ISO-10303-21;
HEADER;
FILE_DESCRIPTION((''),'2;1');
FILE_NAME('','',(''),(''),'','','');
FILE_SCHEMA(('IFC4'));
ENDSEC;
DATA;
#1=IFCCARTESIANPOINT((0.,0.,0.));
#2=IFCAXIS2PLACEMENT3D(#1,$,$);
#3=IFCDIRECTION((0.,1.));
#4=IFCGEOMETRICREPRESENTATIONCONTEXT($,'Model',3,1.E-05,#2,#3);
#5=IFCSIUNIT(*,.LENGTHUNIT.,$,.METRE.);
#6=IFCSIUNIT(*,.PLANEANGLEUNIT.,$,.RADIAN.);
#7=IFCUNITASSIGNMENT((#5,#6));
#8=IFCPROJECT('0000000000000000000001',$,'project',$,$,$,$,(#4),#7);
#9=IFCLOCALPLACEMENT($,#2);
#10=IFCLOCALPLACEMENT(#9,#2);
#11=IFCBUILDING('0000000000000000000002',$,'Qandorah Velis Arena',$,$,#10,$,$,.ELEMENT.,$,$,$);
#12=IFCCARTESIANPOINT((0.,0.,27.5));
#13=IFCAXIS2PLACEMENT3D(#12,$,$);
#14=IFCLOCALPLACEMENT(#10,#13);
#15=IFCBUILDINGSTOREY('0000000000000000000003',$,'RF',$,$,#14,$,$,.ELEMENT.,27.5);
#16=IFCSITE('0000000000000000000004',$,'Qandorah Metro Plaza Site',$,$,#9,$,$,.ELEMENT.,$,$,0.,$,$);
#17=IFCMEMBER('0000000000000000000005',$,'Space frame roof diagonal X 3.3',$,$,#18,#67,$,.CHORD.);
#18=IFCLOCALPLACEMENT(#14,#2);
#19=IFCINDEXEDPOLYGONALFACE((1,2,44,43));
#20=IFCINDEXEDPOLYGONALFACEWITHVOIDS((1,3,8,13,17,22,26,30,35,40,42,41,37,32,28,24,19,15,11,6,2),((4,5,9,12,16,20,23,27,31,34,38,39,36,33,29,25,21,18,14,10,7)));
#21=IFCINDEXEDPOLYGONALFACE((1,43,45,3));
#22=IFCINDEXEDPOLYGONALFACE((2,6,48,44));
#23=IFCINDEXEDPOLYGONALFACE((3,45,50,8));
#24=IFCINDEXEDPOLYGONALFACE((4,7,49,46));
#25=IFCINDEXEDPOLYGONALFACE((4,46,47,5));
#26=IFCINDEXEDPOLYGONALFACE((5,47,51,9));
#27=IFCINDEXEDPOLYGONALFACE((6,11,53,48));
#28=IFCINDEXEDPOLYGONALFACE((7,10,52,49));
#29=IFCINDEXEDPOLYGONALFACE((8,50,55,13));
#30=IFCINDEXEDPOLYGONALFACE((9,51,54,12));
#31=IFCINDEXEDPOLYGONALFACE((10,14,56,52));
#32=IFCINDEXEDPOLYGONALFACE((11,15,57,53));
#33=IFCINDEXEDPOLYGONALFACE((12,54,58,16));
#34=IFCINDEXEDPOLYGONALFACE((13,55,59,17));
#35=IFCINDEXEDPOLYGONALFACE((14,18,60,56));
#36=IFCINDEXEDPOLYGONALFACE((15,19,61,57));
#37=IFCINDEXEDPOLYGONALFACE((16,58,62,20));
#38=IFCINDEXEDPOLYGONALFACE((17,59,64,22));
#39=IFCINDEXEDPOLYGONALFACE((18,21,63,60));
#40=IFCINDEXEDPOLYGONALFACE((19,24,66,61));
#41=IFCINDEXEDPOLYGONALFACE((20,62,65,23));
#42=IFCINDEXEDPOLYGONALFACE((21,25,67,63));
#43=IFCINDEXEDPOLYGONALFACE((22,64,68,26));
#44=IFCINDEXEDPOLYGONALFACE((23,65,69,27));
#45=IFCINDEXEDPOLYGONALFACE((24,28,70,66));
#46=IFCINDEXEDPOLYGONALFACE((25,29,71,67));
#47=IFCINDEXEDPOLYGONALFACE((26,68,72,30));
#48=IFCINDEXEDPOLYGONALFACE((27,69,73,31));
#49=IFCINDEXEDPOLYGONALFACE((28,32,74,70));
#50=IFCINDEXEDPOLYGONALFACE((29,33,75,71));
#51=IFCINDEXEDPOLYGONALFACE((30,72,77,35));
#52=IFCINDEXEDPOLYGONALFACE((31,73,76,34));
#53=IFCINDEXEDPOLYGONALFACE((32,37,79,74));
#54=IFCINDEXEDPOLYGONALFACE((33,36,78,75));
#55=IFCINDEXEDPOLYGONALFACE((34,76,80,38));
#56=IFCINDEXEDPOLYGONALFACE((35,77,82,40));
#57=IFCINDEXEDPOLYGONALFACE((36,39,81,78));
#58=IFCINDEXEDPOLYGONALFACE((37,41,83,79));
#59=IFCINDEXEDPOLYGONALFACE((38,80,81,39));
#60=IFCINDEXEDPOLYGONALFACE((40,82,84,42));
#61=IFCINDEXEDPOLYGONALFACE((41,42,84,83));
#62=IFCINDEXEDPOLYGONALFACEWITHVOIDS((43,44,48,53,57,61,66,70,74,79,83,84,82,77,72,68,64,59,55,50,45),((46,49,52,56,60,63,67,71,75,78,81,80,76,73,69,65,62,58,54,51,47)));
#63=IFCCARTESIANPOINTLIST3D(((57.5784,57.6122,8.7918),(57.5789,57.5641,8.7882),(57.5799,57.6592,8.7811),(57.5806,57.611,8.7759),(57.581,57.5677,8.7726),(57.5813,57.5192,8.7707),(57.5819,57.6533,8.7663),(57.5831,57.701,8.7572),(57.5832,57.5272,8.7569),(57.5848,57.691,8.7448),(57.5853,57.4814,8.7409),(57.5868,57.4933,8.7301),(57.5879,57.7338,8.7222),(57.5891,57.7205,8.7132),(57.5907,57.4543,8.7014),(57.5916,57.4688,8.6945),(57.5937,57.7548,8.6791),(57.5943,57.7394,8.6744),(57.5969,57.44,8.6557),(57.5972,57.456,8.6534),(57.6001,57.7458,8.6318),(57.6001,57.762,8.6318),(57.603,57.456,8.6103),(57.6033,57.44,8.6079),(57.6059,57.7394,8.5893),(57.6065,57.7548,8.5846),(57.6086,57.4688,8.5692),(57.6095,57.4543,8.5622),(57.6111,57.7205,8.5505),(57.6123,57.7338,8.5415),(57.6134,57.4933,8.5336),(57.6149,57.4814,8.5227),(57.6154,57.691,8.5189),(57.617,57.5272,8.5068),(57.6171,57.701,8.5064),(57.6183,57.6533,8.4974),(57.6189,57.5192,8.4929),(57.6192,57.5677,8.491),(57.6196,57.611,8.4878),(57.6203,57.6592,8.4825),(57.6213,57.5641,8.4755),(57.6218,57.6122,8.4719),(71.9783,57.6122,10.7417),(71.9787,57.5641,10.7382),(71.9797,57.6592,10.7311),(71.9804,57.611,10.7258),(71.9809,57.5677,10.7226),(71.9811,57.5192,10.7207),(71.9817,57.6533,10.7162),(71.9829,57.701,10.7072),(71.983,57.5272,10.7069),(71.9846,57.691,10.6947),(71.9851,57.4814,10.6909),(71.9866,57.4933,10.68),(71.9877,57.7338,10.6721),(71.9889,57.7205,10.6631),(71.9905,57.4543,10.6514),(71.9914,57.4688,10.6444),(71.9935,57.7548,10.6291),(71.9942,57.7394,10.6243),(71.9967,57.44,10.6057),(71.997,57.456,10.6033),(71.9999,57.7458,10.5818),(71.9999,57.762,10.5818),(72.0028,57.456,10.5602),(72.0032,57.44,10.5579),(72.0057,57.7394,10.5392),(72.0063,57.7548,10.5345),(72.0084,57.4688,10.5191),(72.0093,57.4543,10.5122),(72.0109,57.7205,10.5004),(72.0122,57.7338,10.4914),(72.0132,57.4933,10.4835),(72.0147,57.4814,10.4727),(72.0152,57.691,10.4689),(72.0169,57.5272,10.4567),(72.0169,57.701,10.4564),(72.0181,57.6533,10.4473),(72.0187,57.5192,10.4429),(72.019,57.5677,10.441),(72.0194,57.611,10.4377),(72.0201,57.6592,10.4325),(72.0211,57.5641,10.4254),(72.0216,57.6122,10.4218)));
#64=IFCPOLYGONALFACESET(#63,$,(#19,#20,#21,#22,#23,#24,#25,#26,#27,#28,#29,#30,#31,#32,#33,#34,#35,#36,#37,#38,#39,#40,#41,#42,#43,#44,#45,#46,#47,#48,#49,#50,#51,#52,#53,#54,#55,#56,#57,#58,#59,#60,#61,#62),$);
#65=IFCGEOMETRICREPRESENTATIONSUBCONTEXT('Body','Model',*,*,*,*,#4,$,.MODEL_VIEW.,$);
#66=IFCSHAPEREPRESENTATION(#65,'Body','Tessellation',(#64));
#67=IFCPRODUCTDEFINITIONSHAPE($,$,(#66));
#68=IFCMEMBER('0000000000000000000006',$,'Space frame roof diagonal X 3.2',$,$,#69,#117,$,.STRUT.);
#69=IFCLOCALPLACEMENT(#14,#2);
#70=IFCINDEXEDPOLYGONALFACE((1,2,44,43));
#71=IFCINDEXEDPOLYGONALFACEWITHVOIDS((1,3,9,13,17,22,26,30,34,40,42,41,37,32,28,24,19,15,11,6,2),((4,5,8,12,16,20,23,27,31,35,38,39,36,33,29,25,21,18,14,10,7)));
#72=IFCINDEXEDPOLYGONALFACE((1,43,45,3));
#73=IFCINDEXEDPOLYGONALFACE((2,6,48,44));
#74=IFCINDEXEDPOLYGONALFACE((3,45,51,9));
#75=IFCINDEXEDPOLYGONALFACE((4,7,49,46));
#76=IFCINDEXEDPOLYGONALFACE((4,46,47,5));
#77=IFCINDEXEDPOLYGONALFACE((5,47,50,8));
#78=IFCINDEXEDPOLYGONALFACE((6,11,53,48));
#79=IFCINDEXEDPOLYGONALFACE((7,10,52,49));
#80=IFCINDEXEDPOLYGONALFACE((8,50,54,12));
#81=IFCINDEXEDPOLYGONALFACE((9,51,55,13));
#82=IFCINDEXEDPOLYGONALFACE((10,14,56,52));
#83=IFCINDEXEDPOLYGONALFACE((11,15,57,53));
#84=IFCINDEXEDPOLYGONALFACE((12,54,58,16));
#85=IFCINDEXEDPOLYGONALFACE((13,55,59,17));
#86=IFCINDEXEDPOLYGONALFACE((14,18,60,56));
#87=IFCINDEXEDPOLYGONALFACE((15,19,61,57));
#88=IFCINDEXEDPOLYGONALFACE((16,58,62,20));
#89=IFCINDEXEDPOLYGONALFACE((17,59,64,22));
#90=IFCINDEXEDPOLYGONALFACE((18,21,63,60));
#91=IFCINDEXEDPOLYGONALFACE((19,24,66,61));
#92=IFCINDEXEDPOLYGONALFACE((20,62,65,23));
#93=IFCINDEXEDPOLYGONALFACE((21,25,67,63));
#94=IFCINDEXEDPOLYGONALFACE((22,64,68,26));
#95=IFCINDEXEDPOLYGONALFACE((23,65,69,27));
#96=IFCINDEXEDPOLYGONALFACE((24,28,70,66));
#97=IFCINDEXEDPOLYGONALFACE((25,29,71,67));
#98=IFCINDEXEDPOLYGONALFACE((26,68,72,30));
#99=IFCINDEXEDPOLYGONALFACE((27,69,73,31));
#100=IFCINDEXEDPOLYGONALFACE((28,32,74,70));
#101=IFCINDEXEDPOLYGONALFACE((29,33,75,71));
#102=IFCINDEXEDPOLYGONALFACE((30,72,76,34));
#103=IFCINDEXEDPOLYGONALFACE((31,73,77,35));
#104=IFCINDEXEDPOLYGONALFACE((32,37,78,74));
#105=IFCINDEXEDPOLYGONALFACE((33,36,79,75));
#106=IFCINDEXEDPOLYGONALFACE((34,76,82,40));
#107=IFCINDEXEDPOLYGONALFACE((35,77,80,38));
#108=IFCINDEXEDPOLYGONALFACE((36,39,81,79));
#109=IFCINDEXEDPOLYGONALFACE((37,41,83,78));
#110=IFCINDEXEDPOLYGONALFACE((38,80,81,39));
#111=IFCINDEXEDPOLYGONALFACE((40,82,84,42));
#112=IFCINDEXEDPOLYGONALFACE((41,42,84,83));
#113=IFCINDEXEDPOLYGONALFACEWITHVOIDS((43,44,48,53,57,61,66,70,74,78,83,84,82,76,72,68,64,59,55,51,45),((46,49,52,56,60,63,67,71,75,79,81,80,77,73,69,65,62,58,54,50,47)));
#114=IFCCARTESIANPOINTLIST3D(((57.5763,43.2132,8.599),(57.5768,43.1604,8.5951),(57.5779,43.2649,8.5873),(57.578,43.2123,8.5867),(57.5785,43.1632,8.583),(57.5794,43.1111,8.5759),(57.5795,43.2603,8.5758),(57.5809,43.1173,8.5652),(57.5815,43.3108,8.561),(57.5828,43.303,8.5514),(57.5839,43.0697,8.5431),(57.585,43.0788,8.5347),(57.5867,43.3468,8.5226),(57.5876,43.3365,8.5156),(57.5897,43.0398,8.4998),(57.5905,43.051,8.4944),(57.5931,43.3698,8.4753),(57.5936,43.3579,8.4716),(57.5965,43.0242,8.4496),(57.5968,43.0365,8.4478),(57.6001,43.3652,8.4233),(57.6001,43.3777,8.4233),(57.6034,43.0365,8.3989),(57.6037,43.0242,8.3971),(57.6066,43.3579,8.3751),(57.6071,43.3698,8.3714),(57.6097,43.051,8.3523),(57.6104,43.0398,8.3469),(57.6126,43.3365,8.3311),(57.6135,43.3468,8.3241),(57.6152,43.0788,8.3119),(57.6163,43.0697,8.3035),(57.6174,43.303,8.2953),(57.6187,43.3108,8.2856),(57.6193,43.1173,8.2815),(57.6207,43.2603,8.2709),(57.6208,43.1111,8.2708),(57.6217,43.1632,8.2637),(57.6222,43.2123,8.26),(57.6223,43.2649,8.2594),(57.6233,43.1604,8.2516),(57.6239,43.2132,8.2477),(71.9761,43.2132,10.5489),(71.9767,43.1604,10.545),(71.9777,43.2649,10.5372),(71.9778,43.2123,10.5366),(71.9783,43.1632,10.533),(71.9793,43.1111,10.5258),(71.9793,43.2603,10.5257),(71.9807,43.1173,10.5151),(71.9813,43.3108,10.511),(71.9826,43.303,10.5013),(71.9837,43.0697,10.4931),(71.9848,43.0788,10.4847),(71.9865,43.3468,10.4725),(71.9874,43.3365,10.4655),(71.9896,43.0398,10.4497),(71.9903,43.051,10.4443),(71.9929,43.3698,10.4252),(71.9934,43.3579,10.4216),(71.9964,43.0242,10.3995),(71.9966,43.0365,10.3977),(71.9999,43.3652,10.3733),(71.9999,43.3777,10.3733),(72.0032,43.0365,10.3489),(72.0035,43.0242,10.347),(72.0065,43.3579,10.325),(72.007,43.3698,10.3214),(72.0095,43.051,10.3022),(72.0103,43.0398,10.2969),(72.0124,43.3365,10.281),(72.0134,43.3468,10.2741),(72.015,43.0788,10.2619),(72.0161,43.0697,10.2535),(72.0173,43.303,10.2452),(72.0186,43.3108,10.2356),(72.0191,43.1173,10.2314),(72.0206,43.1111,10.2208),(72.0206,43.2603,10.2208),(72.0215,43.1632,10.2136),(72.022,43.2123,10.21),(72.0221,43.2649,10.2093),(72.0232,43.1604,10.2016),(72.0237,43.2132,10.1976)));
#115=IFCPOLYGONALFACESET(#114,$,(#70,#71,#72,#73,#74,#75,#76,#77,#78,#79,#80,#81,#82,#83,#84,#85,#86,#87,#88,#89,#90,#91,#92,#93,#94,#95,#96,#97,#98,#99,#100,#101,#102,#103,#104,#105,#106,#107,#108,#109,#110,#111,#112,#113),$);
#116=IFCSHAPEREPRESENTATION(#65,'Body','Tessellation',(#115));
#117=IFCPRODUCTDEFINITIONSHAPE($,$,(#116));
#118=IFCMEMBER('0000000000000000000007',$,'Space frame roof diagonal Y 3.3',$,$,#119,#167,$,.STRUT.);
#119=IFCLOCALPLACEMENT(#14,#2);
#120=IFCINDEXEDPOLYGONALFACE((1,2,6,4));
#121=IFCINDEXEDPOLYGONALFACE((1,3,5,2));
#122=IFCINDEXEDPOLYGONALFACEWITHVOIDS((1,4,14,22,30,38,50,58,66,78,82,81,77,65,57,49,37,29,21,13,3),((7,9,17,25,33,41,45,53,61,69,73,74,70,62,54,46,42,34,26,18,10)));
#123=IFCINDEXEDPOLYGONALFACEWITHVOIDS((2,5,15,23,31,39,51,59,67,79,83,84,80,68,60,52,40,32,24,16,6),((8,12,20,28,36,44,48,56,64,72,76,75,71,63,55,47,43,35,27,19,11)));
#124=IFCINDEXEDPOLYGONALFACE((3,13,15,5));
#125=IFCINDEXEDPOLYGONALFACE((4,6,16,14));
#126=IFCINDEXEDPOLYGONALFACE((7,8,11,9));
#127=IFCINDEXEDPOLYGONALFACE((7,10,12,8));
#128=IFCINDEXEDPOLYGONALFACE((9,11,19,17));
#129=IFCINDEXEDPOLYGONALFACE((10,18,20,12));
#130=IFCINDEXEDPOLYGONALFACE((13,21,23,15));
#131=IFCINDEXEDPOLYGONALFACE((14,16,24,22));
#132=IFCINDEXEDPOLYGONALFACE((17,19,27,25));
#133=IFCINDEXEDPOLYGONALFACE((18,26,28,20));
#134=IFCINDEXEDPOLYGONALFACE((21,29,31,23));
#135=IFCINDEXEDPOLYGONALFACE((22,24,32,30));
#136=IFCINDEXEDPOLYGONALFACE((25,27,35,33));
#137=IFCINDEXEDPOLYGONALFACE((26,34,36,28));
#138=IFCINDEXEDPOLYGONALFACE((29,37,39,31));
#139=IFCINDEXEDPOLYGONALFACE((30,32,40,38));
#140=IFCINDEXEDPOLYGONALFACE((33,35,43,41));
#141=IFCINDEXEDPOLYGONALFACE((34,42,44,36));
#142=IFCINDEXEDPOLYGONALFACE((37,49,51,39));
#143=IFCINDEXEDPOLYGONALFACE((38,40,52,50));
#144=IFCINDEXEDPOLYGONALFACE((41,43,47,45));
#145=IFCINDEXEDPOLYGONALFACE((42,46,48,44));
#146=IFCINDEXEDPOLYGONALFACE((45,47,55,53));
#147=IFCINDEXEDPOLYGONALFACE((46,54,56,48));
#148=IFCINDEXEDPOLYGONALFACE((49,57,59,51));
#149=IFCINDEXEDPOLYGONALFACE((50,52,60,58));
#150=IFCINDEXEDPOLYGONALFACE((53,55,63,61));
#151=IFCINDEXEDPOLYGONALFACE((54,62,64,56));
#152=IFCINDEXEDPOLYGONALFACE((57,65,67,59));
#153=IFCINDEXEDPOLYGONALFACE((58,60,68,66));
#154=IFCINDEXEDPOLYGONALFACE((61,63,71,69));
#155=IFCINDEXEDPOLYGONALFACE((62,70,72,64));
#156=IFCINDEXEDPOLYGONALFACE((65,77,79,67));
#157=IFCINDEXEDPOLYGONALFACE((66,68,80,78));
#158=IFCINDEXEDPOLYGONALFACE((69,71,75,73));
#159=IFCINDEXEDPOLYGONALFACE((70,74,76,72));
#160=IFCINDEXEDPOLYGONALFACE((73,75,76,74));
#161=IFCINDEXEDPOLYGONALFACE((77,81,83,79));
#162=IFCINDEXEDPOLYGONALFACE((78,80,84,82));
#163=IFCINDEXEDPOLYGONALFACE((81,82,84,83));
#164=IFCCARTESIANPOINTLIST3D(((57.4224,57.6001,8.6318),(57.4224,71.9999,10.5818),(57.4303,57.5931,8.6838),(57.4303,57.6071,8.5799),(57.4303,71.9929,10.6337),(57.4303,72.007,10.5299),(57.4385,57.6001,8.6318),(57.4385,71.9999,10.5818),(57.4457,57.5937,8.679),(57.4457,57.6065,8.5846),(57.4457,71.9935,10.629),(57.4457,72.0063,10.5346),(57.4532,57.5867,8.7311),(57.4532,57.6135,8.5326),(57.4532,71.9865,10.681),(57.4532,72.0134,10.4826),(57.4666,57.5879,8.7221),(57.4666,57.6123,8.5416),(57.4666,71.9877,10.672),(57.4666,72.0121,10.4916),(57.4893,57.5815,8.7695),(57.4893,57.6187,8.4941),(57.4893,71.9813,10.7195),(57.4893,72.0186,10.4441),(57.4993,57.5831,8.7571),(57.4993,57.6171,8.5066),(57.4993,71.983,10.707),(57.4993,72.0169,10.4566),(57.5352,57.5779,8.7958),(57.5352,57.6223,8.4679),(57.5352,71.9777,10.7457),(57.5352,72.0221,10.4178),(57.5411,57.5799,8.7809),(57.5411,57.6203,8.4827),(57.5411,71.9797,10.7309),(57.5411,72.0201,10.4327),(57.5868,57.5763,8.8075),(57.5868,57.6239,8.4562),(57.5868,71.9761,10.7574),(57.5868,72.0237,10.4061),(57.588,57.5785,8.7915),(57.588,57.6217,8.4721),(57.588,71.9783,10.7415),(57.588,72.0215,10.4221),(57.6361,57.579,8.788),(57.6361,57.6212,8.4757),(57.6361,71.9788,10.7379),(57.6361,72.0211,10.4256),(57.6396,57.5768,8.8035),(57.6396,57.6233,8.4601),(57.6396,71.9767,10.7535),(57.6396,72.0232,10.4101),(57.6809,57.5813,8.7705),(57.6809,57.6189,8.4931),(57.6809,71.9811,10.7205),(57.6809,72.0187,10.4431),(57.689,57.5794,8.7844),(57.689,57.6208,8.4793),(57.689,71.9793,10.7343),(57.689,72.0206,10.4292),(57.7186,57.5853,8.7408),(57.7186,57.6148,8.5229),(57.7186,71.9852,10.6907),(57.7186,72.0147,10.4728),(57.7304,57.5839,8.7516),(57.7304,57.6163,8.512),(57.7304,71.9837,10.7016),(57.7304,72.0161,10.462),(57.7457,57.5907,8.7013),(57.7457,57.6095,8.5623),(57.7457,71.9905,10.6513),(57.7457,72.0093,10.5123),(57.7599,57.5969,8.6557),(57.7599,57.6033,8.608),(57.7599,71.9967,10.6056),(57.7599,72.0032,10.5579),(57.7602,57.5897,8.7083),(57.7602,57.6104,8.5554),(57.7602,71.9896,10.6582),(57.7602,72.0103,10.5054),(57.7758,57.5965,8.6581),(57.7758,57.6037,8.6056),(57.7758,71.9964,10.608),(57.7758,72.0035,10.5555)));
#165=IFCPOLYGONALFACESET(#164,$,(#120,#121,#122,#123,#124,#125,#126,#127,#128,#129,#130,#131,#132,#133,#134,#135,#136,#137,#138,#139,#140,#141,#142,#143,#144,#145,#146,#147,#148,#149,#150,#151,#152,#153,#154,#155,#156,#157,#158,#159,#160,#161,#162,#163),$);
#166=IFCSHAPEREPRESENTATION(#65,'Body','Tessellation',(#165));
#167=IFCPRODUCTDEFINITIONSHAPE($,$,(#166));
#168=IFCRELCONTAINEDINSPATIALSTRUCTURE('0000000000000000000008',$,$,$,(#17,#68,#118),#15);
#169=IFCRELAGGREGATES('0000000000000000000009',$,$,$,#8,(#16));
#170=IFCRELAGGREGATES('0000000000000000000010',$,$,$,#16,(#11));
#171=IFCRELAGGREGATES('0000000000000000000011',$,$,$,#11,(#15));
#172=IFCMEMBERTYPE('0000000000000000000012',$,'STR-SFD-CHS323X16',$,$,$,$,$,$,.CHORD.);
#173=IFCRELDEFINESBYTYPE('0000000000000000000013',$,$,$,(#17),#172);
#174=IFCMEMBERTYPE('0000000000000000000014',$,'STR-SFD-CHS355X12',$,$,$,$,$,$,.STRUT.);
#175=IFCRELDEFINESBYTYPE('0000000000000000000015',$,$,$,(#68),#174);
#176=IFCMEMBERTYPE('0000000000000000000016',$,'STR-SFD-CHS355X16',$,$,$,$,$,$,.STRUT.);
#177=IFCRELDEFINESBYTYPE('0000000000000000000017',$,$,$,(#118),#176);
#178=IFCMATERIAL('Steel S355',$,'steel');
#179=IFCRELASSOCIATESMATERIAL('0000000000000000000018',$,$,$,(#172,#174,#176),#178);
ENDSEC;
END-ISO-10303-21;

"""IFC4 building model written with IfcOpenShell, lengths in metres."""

from ifc_helpers import new_model, si_unit, direction, frame, origin, origin_2d, place, context, subcontext, project, spatial, hollow_circle, extrude, material, material_profile, profile_set, type_object, element, save


model = new_model("IFC4")

# Units and contexts
model_context = context("Model", 3, precision=1e-05, world=origin(), true_north=direction((0.0, 1.0)))
body_context = subcontext(model_context, "Body", "Model", "MODEL_VIEW")
ifc_project = project(units=[si_unit("LENGTHUNIT", "METRE"), si_unit("PLANEANGLEUNIT", "RADIAN")], contexts=[model_context])

# Site, building, storey
site_placement = place(None, origin())
site = spatial("IfcSite", under=ifc_project, at=site_placement, Name="Qandorah Metro Plaza Site", CompositionType="ELEMENT", RefElevation=0.0)
building_placement = place(site_placement, origin())
building = spatial("IfcBuilding", under=site, at=building_placement, Name="Qandorah Velis Arena", CompositionType="ELEMENT")
storey_placement = place(building_placement, frame((0.0, 0.0, 27.5)))
storey = spatial("IfcBuildingStorey", under=building, at=storey_placement, Name="RF", CompositionType="ELEMENT", Elevation=27.5)

# Shared definitions
ifc_material_1 = material(Name="Steel S355", Category="steel")

# Members
ifc_material_profile_1 = material_profile(ifc_material_1, hollow_circle(Radius=0.1619, WallThickness=0.0161, at=origin_2d()), Name="CHS 323.9x16")
ifc_profile_set_1 = profile_set([ifc_material_profile_1], Name="Steel S355")
member_type_1 = type_object("IfcMemberType", Name="STR-SFD-CHS323X16", PredefinedType="CHORD", material=ifc_profile_set_1)
member_1_placement = place(storey_placement, frame((57.6001, 57.6001, 8.6318), z_axis=(0.990956, 0.0, 0.134189), x_axis=(0.0, 1.0, 0.0)))
element("IfcMember", 1, at=member_1_placement, inside=storey, type_object=member_type_1, Name="Space frame roof diagonal X 3.3", PredefinedType="CHORD", context=body_context, shape_type="SweptSolid", body=[
    extrude(hollow_circle(Radius=0.1619, WallThickness=0.0161, at=origin_2d()), origin(), (0.0, 0.0, 1.0), 14.5312),
])
ifc_material_profile_2 = material_profile(ifc_material_1, hollow_circle(Radius=0.1777, WallThickness=0.0125, at=origin_2d()), Name="CHS 355.6x12.5")
ifc_profile_set_2 = profile_set([ifc_material_profile_2], Name="Steel S355")
member_type_2 = type_object("IfcMemberType", Name="STR-SFD-CHS355X12", PredefinedType="STRUT", material=ifc_profile_set_2)
member_2_placement = place(storey_placement, frame((57.6001, 43.2, 8.4233), z_axis=(0.990956, 0.0, 0.134189), x_axis=(0.0, 1.0, 0.0)))
element("IfcMember", 2, at=member_2_placement, inside=storey, type_object=member_type_2, Name="Space frame roof diagonal X 3.2", PredefinedType="STRUT", context=body_context, shape_type="SweptSolid", body=[
    extrude(hollow_circle(Radius=0.1777, WallThickness=0.0125, at=origin_2d()), origin(), (0.0, 0.0, 1.0), 14.5312),
])
ifc_material_profile_3 = material_profile(ifc_material_1, hollow_circle(Radius=0.1777, WallThickness=0.0161, at=origin_2d()), Name="CHS 355.6x16")
ifc_profile_set_3 = profile_set([ifc_material_profile_3], Name="Steel S355")
member_type_3 = type_object("IfcMemberType", Name="STR-SFD-CHS355X16", PredefinedType="STRUT", material=ifc_profile_set_3)
member_3_placement = place(storey_placement, frame((57.6001, 57.6001, 8.6318), z_axis=(0.0, 0.990956, 0.134189), x_axis=(-1.0, 0.0, 0.0)))
element("IfcMember", 3, at=member_3_placement, inside=storey, type_object=member_type_3, Name="Space frame roof diagonal Y 3.3", PredefinedType="STRUT", context=body_context, shape_type="SweptSolid", body=[
    extrude(hollow_circle(Radius=0.1777, WallThickness=0.0161, at=origin_2d()), origin(), (0.0, 0.0, 1.0), 14.5312),
])

save(model, "model.ifc")
